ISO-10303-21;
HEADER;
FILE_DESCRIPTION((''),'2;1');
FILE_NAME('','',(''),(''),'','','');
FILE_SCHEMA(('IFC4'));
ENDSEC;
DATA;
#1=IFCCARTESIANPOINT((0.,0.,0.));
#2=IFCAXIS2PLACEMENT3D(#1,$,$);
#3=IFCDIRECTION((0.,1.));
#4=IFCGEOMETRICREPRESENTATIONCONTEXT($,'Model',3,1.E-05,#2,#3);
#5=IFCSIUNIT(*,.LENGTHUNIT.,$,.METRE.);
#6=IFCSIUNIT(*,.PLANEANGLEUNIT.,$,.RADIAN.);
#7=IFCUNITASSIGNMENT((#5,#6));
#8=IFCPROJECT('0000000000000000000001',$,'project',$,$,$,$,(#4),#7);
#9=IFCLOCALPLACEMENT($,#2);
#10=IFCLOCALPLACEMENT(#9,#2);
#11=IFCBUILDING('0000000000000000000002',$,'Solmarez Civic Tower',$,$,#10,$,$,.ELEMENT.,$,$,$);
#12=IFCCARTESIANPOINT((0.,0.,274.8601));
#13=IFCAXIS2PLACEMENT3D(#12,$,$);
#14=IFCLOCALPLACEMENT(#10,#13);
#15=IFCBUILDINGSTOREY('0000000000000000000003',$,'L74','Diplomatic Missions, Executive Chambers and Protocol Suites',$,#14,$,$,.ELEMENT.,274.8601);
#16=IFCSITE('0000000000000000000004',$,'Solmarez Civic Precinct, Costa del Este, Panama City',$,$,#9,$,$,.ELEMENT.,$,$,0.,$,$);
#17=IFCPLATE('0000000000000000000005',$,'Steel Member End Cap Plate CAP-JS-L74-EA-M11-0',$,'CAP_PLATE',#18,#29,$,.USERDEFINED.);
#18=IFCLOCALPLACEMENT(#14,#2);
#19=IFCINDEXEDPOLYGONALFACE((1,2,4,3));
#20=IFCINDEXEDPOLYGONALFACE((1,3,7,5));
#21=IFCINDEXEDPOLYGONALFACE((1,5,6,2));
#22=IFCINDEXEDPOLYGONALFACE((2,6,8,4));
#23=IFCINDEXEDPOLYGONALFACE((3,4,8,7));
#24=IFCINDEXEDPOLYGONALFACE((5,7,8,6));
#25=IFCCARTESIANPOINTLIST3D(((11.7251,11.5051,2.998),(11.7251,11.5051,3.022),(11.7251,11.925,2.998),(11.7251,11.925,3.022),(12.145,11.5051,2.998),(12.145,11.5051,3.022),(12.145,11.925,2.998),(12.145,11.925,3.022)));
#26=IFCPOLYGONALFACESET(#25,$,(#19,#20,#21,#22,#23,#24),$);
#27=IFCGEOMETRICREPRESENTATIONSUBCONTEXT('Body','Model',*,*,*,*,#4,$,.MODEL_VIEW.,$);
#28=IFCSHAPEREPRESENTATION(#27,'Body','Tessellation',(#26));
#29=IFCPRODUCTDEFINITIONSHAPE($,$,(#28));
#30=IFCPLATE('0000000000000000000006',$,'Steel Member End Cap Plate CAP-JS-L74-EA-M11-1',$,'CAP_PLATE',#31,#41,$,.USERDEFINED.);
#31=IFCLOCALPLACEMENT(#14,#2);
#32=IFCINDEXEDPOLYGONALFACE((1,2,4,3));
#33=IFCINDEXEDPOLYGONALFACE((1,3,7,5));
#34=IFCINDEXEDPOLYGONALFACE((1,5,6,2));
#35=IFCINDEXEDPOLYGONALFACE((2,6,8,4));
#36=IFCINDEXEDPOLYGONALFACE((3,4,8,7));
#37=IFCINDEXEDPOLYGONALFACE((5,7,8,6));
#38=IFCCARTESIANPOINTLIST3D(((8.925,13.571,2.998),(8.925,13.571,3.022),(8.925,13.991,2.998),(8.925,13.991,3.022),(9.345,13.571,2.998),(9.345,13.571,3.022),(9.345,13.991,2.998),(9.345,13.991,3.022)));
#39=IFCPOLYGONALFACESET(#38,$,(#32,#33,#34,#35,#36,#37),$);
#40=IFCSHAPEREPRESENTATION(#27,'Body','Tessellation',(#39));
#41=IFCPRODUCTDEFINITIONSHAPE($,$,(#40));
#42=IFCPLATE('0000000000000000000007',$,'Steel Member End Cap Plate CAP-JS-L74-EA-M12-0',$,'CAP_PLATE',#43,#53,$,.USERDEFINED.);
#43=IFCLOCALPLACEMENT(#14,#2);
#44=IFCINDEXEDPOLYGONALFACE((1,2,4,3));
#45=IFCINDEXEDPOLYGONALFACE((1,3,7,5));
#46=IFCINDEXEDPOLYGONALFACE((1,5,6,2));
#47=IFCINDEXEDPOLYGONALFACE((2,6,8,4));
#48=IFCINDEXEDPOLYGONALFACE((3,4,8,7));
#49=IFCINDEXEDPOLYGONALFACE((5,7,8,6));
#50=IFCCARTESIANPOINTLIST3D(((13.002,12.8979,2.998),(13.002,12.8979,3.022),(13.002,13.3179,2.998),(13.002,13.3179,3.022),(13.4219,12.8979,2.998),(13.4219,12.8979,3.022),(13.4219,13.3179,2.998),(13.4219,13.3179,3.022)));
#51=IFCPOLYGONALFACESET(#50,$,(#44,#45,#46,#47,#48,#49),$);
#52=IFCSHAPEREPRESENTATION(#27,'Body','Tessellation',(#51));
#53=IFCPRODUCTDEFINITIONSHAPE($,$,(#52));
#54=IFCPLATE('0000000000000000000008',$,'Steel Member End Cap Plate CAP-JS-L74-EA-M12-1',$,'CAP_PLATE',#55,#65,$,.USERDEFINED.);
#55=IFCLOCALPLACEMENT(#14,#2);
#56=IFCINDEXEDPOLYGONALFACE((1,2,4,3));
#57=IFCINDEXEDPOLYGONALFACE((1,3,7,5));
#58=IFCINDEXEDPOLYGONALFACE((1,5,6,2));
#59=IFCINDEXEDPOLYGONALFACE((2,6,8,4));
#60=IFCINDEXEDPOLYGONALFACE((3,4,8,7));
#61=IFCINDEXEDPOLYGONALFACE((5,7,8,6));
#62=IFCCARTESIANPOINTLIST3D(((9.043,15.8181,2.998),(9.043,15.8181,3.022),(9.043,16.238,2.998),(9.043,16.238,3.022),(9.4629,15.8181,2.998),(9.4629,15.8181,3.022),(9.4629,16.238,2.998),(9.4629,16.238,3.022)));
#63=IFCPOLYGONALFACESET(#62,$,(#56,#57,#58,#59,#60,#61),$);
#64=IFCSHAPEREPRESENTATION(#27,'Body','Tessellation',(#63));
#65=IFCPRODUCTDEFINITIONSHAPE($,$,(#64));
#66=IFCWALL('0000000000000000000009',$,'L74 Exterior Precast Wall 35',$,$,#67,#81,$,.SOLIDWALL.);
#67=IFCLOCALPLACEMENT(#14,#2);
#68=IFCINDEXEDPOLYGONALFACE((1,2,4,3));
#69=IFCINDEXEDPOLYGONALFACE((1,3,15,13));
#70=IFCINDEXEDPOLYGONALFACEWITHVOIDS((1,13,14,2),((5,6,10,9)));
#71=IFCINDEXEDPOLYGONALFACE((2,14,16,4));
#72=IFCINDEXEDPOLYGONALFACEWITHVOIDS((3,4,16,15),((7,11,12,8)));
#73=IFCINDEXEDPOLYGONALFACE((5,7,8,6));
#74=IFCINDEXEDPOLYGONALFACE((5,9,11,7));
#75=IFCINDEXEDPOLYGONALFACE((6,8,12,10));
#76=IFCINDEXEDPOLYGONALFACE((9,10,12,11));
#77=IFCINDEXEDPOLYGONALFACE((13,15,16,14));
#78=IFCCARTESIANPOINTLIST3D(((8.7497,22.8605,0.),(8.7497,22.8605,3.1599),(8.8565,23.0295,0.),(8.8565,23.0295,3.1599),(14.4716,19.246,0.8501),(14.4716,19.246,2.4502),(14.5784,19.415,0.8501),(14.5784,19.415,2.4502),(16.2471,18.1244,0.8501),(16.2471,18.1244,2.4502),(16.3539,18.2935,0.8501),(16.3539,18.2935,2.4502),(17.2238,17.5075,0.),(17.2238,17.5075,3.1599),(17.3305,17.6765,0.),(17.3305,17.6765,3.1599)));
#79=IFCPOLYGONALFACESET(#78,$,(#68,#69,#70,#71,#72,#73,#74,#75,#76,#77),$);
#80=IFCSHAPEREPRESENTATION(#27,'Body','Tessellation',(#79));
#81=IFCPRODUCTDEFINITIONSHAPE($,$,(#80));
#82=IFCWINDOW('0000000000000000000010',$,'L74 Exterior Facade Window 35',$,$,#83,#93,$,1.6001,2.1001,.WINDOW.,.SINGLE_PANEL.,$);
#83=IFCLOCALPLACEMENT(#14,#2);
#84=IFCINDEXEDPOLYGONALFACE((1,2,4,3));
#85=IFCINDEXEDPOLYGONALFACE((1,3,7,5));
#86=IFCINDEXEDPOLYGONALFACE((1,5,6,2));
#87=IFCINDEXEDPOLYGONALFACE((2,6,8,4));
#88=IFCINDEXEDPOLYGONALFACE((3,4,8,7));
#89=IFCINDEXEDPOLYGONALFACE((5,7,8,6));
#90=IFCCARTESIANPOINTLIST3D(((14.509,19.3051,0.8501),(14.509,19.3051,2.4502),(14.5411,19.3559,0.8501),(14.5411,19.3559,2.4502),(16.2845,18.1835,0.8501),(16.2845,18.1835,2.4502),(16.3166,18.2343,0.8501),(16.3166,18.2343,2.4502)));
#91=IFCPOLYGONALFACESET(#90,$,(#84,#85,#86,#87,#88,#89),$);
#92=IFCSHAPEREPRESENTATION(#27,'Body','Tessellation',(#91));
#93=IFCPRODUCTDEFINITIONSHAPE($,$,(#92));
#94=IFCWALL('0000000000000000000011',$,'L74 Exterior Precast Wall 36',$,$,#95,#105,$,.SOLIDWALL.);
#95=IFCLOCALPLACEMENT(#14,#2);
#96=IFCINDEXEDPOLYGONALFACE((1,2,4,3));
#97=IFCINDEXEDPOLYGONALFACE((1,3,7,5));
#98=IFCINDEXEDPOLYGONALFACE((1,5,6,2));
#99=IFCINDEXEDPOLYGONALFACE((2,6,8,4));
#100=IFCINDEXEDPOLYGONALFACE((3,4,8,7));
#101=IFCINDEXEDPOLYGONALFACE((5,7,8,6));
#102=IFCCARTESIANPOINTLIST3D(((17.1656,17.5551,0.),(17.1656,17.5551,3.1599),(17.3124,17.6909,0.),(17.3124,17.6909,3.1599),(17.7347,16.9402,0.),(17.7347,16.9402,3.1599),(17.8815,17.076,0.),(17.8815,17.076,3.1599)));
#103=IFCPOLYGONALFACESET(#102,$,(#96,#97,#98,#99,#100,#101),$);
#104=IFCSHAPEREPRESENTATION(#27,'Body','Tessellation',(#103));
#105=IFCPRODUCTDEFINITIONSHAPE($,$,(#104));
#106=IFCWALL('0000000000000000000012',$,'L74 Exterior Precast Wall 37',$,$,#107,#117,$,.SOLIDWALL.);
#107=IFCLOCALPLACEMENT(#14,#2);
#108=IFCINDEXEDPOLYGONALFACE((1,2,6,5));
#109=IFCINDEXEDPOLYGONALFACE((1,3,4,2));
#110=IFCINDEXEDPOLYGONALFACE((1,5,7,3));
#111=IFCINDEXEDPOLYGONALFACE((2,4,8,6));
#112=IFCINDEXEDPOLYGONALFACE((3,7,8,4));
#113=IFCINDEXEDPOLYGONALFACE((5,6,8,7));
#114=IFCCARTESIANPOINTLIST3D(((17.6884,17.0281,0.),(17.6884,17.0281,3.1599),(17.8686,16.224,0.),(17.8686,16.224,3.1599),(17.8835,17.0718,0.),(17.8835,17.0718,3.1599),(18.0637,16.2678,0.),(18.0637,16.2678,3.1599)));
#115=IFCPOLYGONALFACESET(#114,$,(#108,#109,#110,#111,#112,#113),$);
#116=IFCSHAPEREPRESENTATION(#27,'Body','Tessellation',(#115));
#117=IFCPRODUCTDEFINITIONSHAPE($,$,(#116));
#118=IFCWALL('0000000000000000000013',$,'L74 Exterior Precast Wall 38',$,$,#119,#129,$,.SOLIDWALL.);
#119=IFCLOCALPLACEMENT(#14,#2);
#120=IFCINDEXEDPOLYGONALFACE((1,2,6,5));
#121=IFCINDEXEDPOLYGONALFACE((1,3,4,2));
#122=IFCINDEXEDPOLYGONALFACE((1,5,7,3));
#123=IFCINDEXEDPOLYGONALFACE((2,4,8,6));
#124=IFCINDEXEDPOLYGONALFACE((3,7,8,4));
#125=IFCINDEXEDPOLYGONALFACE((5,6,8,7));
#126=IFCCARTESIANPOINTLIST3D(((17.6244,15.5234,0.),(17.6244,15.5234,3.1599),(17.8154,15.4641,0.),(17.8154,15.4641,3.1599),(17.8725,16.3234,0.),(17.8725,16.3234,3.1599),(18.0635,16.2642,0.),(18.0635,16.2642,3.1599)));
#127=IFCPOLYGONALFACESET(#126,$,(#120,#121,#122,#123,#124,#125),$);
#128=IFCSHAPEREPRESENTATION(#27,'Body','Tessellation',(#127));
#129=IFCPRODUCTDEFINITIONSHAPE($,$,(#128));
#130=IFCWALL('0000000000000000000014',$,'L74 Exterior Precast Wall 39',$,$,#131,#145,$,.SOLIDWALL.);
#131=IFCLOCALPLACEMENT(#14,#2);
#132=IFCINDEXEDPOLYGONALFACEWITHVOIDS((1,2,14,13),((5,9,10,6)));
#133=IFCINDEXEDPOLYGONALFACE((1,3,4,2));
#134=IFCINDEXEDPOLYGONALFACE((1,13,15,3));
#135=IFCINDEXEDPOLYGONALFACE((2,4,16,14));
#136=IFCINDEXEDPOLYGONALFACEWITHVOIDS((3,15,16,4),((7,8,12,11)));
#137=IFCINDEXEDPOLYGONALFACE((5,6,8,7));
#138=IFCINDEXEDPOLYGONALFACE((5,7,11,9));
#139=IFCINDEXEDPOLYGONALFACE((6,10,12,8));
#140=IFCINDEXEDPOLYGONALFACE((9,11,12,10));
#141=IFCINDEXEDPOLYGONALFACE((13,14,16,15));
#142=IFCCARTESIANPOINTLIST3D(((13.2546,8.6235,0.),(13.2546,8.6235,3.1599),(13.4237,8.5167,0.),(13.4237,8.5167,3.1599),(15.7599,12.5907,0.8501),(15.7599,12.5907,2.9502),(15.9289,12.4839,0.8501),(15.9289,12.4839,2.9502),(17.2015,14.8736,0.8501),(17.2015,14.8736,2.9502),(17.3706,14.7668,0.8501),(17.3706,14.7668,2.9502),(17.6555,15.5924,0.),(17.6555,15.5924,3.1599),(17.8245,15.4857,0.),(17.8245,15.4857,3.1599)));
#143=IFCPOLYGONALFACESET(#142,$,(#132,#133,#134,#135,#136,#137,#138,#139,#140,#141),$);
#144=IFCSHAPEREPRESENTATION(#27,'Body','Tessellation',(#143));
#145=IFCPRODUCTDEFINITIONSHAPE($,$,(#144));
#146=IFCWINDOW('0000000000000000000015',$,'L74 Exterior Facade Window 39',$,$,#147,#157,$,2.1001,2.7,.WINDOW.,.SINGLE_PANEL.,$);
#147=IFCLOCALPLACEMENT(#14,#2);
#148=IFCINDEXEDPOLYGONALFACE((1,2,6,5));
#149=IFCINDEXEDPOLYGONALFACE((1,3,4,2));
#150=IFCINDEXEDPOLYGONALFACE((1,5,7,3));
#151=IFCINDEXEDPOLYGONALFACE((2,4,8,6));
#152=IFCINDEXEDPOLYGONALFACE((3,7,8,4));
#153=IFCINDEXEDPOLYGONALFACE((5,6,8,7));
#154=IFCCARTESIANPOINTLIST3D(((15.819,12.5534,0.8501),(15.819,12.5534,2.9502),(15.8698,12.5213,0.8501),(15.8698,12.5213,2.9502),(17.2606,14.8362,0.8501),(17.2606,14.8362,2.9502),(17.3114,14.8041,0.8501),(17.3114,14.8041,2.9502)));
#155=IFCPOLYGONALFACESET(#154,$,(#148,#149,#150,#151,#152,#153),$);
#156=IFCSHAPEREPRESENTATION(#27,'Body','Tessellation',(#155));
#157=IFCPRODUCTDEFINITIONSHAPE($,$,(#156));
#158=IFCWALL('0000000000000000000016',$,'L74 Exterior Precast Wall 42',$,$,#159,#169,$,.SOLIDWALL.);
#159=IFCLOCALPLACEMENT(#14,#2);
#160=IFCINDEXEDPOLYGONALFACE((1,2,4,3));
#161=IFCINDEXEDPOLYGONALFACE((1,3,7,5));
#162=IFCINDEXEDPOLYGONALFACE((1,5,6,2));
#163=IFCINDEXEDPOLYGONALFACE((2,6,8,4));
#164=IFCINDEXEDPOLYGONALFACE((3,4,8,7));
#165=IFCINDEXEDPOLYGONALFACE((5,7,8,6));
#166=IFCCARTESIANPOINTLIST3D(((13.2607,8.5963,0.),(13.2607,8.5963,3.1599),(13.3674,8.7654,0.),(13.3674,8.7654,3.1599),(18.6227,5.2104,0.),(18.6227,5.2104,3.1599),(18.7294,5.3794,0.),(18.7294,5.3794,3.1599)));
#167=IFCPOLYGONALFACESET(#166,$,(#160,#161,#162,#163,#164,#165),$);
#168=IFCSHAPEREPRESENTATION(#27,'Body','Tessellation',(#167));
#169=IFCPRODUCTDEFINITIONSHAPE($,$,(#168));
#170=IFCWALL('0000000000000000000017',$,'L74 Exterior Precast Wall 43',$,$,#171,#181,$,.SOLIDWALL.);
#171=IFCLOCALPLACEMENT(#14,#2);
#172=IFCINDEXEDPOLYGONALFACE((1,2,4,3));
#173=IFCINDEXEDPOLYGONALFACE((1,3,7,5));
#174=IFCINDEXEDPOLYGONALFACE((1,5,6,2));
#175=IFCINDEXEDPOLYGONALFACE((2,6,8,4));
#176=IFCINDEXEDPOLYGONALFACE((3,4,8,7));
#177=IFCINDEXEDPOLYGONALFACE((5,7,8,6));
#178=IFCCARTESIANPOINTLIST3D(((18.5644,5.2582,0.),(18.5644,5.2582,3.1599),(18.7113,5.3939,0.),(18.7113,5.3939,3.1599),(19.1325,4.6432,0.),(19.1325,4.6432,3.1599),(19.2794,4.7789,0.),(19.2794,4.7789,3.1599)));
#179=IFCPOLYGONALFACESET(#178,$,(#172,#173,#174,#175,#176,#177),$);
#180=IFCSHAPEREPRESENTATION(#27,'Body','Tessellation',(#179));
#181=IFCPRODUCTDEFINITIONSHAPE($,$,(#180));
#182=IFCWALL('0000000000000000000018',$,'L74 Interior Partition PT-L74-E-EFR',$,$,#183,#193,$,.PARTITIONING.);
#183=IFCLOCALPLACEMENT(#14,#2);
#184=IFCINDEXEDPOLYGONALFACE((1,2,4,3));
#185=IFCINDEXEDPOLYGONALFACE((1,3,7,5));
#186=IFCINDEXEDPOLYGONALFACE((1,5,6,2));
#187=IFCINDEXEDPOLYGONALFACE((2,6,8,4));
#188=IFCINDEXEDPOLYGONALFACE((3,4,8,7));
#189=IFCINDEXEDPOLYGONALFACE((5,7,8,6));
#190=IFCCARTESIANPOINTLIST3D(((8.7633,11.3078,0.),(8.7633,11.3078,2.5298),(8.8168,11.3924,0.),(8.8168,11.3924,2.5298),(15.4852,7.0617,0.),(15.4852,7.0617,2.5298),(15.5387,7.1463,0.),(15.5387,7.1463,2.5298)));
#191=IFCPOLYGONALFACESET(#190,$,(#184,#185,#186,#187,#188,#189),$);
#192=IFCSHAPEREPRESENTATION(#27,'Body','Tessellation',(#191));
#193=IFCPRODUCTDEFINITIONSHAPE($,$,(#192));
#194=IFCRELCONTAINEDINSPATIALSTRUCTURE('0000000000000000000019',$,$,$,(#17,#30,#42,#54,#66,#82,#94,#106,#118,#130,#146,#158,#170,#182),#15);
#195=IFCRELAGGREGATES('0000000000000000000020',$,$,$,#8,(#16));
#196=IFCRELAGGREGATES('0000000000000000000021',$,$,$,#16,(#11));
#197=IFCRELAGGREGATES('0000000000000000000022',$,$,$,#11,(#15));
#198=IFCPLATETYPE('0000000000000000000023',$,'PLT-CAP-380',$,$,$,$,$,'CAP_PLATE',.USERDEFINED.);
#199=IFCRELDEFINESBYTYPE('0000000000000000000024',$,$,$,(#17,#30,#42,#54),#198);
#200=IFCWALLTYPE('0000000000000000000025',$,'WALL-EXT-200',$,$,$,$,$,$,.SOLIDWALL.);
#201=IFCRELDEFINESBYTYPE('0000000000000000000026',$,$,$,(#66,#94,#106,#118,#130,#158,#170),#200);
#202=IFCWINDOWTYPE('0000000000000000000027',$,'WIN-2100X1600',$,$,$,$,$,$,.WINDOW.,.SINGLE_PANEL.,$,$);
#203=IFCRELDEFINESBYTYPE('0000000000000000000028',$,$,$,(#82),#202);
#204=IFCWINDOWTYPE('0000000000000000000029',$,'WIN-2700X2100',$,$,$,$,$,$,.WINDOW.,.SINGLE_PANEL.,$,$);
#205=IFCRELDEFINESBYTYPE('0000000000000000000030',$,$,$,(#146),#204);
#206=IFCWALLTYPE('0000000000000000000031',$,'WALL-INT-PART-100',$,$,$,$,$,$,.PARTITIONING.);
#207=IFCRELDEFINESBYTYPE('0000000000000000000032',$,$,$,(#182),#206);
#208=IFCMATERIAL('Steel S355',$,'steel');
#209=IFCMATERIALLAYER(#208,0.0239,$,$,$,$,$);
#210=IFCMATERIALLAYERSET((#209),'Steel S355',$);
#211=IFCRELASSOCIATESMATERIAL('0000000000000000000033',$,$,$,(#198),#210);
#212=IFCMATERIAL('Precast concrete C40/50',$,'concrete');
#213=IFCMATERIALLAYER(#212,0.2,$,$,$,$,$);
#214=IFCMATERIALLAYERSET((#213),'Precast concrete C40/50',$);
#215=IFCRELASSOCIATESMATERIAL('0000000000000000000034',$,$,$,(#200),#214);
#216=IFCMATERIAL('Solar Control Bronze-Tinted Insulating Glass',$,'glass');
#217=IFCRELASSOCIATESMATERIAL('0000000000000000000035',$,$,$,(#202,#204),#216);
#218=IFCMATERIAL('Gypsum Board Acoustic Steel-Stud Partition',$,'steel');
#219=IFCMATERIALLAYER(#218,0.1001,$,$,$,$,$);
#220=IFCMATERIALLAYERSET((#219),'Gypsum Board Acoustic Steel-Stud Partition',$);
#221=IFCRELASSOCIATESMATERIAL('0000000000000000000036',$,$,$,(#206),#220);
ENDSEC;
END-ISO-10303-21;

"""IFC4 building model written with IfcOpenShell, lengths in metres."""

from ifc_helpers import new_model, si_unit, direction, frame, frame_2d, origin, origin_2d, place, context, subcontext, project, spatial, rectangle, extrude, material, layer, layer_set, type_object, element, fill, save


model = new_model("IFC4")

# Units and contexts
model_context = context("Model", 3, precision=1e-05, world=origin(), true_north=direction((0.0, 1.0)))
body_context = subcontext(model_context, "Body", "Model", "MODEL_VIEW")
ifc_project = project(units=[si_unit("LENGTHUNIT", "METRE"), si_unit("PLANEANGLEUNIT", "RADIAN")], contexts=[model_context])

# Site, building, storey
site_placement = place(None, origin())
site = spatial("IfcSite", under=ifc_project, at=site_placement, Name="Solmarez Civic Precinct, Costa del Este, Panama City", CompositionType="ELEMENT", RefElevation=0.0)
building_placement = place(site_placement, origin())
building = spatial("IfcBuilding", under=site, at=building_placement, Name="Solmarez Civic Tower", CompositionType="ELEMENT")
storey_placement = place(building_placement, frame((0.0, 0.0, 274.8601)))
storey = spatial("IfcBuildingStorey", under=building, at=storey_placement, Name="L74", Description="Diplomatic Missions, Executive Chambers and Protocol Suites", CompositionType="ELEMENT", Elevation=274.8601)

# Shared definitions
ifc_material_1 = material(Name="Steel S355", Category="steel")

# Plates
ifc_layer_1 = layer(ifc_material_1, 0.0239)
ifc_layer_set_1 = layer_set([ifc_layer_1], Name="Steel S355")
plate_type = type_object("IfcPlateType", Name="PLT-CAP-380", ElementType="CAP_PLATE", PredefinedType="USERDEFINED", material=ifc_layer_set_1)
for number, where, z_axis, x_axis, name in (
    (1, (11.9351, 11.7151, 2.998), (0.0, 0.0, 1.0), (1.0, 0.0, 0.0), "Steel Member End Cap Plate CAP-JS-L74-EA-M11-0"),
    (2, (9.135, 13.781, 2.998), (0.0, 0.0, 1.0), (1.0, 0.0, 0.0), "Steel Member End Cap Plate CAP-JS-L74-EA-M11-1"),
    (3, (13.2119, 13.1079, 2.998), (0.0, 0.0, 1.0), (1.0, 0.0, 0.0), "Steel Member End Cap Plate CAP-JS-L74-EA-M12-0"),
    (4, (9.2529, 16.0281, 2.998), (0.0, 0.0, 1.0), (1.0, 0.0, 0.0), "Steel Member End Cap Plate CAP-JS-L74-EA-M12-1"),
):
    element("IfcPlate", number, at=place(storey_placement, frame(where, z_axis=z_axis, x_axis=x_axis)), inside=storey, type_object=plate_type, Name=name, ObjectType="CAP_PLATE", PredefinedType="USERDEFINED", context=body_context, shape_type="SweptSolid", body=[
        extrude(rectangle(XDim=0.4199, YDim=0.4199, at=origin_2d()), origin(), (0.0, 0.0, 1.0), 0.0239),
    ])

# Wall, opening, window
ifc_material_2 = material(Name="Precast concrete C40/50", Category="concrete")
ifc_layer_2 = layer(ifc_material_2, 0.2)
ifc_layer_set_2 = layer_set([ifc_layer_2], Name="Precast concrete C40/50")
wall_type_1 = type_object("IfcWallType", Name="WALL-EXT-200", PredefinedType="SOLIDWALL", material=ifc_layer_set_2)
wall_1_placement = place(storey_placement, frame((8.803, 22.9451, 0.0), z_axis=(0.0, 0.0, 1.0), x_axis=(0.845446, -0.534061, 0.0)))
wall_1 = element("IfcWall", 5, at=wall_1_placement, inside=storey, type_object=wall_type_1, Name="L74 Exterior Precast Wall 35", PredefinedType="SOLIDWALL", context=body_context, shape_type="SweptSolid", body=[
    extrude(rectangle(XDim=10.0232, YDim=0.2, at=frame_2d((5.0117, 0.0))), origin(), (0.0, 0.0, 1.0), 3.1599),
])
opening_1_placement = place(wall_1_placement, frame((6.7681, 0.0, 0.8501)))
opening_1 = element("IfcOpeningElement", 6, at=opening_1_placement, cuts=wall_1, PredefinedType="OPENING", context=body_context, shape_type="SweptSolid", body=[
    extrude(rectangle(XDim=2.1001, YDim=1.6001, at=frame_2d((1.05, 0.8))), frame((0.0, 0.1099, 0.0), z_axis=(0.0, -1.0, 0.0), x_axis=(1.0, 0.0, 0.0)), (0.0, 0.0, 1.0), 0.22),
])
ifc_material_3 = material(Name="Solar Control Bronze-Tinted Insulating Glass", Category="glass")
window_type_1 = type_object("IfcWindowType", Name="WIN-2100X1600", PartitioningType="SINGLE_PANEL", PredefinedType="WINDOW", material=ifc_material_3)
window_1_placement = place(opening_1_placement, origin())
window_1 = element("IfcWindow", 7, at=window_1_placement, inside=storey, type_object=window_type_1, Name="L74 Exterior Facade Window 35", OverallHeight=1.6001, OverallWidth=2.1001, PartitioningType="SINGLE_PANEL", PredefinedType="WINDOW", context=body_context, shape_type="SweptSolid", body=[
    extrude(rectangle(XDim=2.1001, YDim=1.6001, at=frame_2d((1.05, 0.8))), frame((0.0, 0.03, 0.0), z_axis=(0.0, -1.0, 0.0), x_axis=(1.0, 0.0, 0.0)), (0.0, 0.0, 1.0), 0.0601),
])
fill(opening_1, window_1)

# Walls
wall_2_placement = place(storey_placement, frame((17.239, 17.623, 0.0), z_axis=(0.0, 0.0, 1.0), x_axis=(0.679187, -0.733965, 0.0)))
element("IfcWall", 8, at=wall_2_placement, inside=storey, type_object=wall_type_1, Name="L74 Exterior Precast Wall 36", PredefinedType="SOLIDWALL", context=body_context, shape_type="SweptSolid", body=[
    extrude(rectangle(XDim=0.8379, YDim=0.2, at=frame_2d((0.4189, 0.0))), origin(), (0.0, 0.0, 1.0), 3.1599),
])
wall_3_placement = place(storey_placement, frame((17.7859, 17.05, 0.0), z_axis=(0.0, 0.0, 1.0), x_axis=(0.218687, -0.975795, 0.0)))
element("IfcWall", 9, at=wall_3_placement, inside=storey, type_object=wall_type_1, Name="L74 Exterior Precast Wall 37", PredefinedType="SOLIDWALL", context=body_context, shape_type="SweptSolid", body=[
    extrude(rectangle(XDim=0.824, YDim=0.2, at=frame_2d((0.4121, 0.0))), origin(), (0.0, 0.0, 1.0), 3.1599),
])
wall_4_placement = place(storey_placement, frame((17.968, 16.2939, 0.0), z_axis=(0.0, 0.0, 1.0), x_axis=(-0.296133, -0.955147, 0.0)))
element("IfcWall", 10, at=wall_4_placement, inside=storey, type_object=wall_type_1, Name="L74 Exterior Precast Wall 38", PredefinedType="SOLIDWALL", context=body_context, shape_type="SweptSolid", body=[
    extrude(rectangle(XDim=0.8376, YDim=0.2, at=frame_2d((0.4189, 0.0))), origin(), (0.0, 0.0, 1.0), 3.1599),
])

# Wall, opening, window
wall_5_placement = place(storey_placement, frame((17.74, 15.5391, 0.0), z_axis=(0.0, 0.0, 1.0), x_axis=(-0.533942, -0.845521, 0.0)))
wall_5 = element("IfcWall", 11, at=wall_5_placement, inside=storey, type_object=wall_type_1, Name="L74 Exterior Precast Wall 39", PredefinedType="SOLIDWALL", context=body_context, shape_type="SweptSolid", body=[
    extrude(rectangle(XDim=8.2422, YDim=0.2, at=frame_2d((4.1211, 0.0))), origin(), (0.0, 0.0, 1.0), 3.1599),
])
opening_2_placement = place(wall_5_placement, frame((0.8501, 0.0, 0.8501)))
opening_2 = element("IfcOpeningElement", 12, at=opening_2_placement, cuts=wall_5, PredefinedType="OPENING", context=body_context, shape_type="SweptSolid", body=[
    extrude(rectangle(XDim=2.7, YDim=2.1001, at=frame_2d((1.3501, 1.05))), frame((0.0, 0.1099, 0.0), z_axis=(0.0, -1.0, 0.0), x_axis=(1.0, 0.0, 0.0)), (0.0, 0.0, 1.0), 0.22),
])
window_type_2 = type_object("IfcWindowType", Name="WIN-2700X2100", PartitioningType="SINGLE_PANEL", PredefinedType="WINDOW", material=ifc_material_3)
window_2_placement = place(opening_2_placement, origin())
window_2 = element("IfcWindow", 13, at=window_2_placement, inside=storey, type_object=window_type_2, Name="L74 Exterior Facade Window 39", OverallHeight=2.1001, OverallWidth=2.7, PartitioningType="SINGLE_PANEL", PredefinedType="WINDOW", context=body_context, shape_type="SweptSolid", body=[
    extrude(rectangle(XDim=2.7, YDim=2.1001, at=frame_2d((1.3501, 1.05))), frame((0.0, 0.03, 0.0), z_axis=(0.0, -1.0, 0.0), x_axis=(1.0, 0.0, 0.0)), (0.0, 0.0, 1.0), 0.0601),
])
fill(opening_2, window_2)

# Walls
wall_6_placement = place(storey_placement, frame((13.314, 8.6809, 0.0), z_axis=(0.0, 0.0, 1.0), x_axis=(0.84553, -0.533928, 0.0)))
element("IfcWall", 14, at=wall_6_placement, inside=storey, type_object=wall_type_1, Name="L74 Exterior Precast Wall 42", PredefinedType="SOLIDWALL", context=body_context, shape_type="SweptSolid", body=[
    extrude(rectangle(XDim=6.3416, YDim=0.2, at=frame_2d((3.1709, 0.0))), origin(), (0.0, 0.0, 1.0), 3.1599),
])
wall_7_placement = place(storey_placement, frame((18.6379, 5.3259, 0.0), z_axis=(0.0, 0.0, 1.0), x_axis=(0.678559, -0.734546, 0.0)))
element("IfcWall", 15, at=wall_7_placement, inside=storey, type_object=wall_type_1, Name="L74 Exterior Precast Wall 43", PredefinedType="SOLIDWALL", context=body_context, shape_type="SweptSolid", body=[
    extrude(rectangle(XDim=0.8372, YDim=0.2, at=frame_2d((0.4185, 0.0))), origin(), (0.0, 0.0, 1.0), 3.1599),
])
ifc_material_4 = material(Name="Gypsum Board Acoustic Steel-Stud Partition", Category="steel")
ifc_layer_3 = layer(ifc_material_4, 0.1001)
ifc_layer_set_3 = layer_set([ifc_layer_3], Name="Gypsum Board Acoustic Steel-Stud Partition")
wall_type_2 = type_object("IfcWallType", Name="WALL-INT-PART-100", PredefinedType="PARTITIONING", material=ifc_layer_set_3)
wall_8_placement = place(storey_placement, frame((15.512, 7.104, 0.0), z_axis=(0.0, 0.0, 1.0), x_axis=(-0.845451, 0.534053, 0.0)))
element("IfcWall", 16, at=wall_8_placement, inside=storey, type_object=wall_type_2, Name="L74 Interior Partition PT-L74-E-EFR", PredefinedType="PARTITIONING", context=body_context, shape_type="SweptSolid", body=[
    extrude(rectangle(XDim=7.9507, YDim=0.1001, at=frame_2d((3.9753, 0.0))), origin(), (0.0, 0.0, 1.0), 2.5298),
])

save(model, "model.ifc")
